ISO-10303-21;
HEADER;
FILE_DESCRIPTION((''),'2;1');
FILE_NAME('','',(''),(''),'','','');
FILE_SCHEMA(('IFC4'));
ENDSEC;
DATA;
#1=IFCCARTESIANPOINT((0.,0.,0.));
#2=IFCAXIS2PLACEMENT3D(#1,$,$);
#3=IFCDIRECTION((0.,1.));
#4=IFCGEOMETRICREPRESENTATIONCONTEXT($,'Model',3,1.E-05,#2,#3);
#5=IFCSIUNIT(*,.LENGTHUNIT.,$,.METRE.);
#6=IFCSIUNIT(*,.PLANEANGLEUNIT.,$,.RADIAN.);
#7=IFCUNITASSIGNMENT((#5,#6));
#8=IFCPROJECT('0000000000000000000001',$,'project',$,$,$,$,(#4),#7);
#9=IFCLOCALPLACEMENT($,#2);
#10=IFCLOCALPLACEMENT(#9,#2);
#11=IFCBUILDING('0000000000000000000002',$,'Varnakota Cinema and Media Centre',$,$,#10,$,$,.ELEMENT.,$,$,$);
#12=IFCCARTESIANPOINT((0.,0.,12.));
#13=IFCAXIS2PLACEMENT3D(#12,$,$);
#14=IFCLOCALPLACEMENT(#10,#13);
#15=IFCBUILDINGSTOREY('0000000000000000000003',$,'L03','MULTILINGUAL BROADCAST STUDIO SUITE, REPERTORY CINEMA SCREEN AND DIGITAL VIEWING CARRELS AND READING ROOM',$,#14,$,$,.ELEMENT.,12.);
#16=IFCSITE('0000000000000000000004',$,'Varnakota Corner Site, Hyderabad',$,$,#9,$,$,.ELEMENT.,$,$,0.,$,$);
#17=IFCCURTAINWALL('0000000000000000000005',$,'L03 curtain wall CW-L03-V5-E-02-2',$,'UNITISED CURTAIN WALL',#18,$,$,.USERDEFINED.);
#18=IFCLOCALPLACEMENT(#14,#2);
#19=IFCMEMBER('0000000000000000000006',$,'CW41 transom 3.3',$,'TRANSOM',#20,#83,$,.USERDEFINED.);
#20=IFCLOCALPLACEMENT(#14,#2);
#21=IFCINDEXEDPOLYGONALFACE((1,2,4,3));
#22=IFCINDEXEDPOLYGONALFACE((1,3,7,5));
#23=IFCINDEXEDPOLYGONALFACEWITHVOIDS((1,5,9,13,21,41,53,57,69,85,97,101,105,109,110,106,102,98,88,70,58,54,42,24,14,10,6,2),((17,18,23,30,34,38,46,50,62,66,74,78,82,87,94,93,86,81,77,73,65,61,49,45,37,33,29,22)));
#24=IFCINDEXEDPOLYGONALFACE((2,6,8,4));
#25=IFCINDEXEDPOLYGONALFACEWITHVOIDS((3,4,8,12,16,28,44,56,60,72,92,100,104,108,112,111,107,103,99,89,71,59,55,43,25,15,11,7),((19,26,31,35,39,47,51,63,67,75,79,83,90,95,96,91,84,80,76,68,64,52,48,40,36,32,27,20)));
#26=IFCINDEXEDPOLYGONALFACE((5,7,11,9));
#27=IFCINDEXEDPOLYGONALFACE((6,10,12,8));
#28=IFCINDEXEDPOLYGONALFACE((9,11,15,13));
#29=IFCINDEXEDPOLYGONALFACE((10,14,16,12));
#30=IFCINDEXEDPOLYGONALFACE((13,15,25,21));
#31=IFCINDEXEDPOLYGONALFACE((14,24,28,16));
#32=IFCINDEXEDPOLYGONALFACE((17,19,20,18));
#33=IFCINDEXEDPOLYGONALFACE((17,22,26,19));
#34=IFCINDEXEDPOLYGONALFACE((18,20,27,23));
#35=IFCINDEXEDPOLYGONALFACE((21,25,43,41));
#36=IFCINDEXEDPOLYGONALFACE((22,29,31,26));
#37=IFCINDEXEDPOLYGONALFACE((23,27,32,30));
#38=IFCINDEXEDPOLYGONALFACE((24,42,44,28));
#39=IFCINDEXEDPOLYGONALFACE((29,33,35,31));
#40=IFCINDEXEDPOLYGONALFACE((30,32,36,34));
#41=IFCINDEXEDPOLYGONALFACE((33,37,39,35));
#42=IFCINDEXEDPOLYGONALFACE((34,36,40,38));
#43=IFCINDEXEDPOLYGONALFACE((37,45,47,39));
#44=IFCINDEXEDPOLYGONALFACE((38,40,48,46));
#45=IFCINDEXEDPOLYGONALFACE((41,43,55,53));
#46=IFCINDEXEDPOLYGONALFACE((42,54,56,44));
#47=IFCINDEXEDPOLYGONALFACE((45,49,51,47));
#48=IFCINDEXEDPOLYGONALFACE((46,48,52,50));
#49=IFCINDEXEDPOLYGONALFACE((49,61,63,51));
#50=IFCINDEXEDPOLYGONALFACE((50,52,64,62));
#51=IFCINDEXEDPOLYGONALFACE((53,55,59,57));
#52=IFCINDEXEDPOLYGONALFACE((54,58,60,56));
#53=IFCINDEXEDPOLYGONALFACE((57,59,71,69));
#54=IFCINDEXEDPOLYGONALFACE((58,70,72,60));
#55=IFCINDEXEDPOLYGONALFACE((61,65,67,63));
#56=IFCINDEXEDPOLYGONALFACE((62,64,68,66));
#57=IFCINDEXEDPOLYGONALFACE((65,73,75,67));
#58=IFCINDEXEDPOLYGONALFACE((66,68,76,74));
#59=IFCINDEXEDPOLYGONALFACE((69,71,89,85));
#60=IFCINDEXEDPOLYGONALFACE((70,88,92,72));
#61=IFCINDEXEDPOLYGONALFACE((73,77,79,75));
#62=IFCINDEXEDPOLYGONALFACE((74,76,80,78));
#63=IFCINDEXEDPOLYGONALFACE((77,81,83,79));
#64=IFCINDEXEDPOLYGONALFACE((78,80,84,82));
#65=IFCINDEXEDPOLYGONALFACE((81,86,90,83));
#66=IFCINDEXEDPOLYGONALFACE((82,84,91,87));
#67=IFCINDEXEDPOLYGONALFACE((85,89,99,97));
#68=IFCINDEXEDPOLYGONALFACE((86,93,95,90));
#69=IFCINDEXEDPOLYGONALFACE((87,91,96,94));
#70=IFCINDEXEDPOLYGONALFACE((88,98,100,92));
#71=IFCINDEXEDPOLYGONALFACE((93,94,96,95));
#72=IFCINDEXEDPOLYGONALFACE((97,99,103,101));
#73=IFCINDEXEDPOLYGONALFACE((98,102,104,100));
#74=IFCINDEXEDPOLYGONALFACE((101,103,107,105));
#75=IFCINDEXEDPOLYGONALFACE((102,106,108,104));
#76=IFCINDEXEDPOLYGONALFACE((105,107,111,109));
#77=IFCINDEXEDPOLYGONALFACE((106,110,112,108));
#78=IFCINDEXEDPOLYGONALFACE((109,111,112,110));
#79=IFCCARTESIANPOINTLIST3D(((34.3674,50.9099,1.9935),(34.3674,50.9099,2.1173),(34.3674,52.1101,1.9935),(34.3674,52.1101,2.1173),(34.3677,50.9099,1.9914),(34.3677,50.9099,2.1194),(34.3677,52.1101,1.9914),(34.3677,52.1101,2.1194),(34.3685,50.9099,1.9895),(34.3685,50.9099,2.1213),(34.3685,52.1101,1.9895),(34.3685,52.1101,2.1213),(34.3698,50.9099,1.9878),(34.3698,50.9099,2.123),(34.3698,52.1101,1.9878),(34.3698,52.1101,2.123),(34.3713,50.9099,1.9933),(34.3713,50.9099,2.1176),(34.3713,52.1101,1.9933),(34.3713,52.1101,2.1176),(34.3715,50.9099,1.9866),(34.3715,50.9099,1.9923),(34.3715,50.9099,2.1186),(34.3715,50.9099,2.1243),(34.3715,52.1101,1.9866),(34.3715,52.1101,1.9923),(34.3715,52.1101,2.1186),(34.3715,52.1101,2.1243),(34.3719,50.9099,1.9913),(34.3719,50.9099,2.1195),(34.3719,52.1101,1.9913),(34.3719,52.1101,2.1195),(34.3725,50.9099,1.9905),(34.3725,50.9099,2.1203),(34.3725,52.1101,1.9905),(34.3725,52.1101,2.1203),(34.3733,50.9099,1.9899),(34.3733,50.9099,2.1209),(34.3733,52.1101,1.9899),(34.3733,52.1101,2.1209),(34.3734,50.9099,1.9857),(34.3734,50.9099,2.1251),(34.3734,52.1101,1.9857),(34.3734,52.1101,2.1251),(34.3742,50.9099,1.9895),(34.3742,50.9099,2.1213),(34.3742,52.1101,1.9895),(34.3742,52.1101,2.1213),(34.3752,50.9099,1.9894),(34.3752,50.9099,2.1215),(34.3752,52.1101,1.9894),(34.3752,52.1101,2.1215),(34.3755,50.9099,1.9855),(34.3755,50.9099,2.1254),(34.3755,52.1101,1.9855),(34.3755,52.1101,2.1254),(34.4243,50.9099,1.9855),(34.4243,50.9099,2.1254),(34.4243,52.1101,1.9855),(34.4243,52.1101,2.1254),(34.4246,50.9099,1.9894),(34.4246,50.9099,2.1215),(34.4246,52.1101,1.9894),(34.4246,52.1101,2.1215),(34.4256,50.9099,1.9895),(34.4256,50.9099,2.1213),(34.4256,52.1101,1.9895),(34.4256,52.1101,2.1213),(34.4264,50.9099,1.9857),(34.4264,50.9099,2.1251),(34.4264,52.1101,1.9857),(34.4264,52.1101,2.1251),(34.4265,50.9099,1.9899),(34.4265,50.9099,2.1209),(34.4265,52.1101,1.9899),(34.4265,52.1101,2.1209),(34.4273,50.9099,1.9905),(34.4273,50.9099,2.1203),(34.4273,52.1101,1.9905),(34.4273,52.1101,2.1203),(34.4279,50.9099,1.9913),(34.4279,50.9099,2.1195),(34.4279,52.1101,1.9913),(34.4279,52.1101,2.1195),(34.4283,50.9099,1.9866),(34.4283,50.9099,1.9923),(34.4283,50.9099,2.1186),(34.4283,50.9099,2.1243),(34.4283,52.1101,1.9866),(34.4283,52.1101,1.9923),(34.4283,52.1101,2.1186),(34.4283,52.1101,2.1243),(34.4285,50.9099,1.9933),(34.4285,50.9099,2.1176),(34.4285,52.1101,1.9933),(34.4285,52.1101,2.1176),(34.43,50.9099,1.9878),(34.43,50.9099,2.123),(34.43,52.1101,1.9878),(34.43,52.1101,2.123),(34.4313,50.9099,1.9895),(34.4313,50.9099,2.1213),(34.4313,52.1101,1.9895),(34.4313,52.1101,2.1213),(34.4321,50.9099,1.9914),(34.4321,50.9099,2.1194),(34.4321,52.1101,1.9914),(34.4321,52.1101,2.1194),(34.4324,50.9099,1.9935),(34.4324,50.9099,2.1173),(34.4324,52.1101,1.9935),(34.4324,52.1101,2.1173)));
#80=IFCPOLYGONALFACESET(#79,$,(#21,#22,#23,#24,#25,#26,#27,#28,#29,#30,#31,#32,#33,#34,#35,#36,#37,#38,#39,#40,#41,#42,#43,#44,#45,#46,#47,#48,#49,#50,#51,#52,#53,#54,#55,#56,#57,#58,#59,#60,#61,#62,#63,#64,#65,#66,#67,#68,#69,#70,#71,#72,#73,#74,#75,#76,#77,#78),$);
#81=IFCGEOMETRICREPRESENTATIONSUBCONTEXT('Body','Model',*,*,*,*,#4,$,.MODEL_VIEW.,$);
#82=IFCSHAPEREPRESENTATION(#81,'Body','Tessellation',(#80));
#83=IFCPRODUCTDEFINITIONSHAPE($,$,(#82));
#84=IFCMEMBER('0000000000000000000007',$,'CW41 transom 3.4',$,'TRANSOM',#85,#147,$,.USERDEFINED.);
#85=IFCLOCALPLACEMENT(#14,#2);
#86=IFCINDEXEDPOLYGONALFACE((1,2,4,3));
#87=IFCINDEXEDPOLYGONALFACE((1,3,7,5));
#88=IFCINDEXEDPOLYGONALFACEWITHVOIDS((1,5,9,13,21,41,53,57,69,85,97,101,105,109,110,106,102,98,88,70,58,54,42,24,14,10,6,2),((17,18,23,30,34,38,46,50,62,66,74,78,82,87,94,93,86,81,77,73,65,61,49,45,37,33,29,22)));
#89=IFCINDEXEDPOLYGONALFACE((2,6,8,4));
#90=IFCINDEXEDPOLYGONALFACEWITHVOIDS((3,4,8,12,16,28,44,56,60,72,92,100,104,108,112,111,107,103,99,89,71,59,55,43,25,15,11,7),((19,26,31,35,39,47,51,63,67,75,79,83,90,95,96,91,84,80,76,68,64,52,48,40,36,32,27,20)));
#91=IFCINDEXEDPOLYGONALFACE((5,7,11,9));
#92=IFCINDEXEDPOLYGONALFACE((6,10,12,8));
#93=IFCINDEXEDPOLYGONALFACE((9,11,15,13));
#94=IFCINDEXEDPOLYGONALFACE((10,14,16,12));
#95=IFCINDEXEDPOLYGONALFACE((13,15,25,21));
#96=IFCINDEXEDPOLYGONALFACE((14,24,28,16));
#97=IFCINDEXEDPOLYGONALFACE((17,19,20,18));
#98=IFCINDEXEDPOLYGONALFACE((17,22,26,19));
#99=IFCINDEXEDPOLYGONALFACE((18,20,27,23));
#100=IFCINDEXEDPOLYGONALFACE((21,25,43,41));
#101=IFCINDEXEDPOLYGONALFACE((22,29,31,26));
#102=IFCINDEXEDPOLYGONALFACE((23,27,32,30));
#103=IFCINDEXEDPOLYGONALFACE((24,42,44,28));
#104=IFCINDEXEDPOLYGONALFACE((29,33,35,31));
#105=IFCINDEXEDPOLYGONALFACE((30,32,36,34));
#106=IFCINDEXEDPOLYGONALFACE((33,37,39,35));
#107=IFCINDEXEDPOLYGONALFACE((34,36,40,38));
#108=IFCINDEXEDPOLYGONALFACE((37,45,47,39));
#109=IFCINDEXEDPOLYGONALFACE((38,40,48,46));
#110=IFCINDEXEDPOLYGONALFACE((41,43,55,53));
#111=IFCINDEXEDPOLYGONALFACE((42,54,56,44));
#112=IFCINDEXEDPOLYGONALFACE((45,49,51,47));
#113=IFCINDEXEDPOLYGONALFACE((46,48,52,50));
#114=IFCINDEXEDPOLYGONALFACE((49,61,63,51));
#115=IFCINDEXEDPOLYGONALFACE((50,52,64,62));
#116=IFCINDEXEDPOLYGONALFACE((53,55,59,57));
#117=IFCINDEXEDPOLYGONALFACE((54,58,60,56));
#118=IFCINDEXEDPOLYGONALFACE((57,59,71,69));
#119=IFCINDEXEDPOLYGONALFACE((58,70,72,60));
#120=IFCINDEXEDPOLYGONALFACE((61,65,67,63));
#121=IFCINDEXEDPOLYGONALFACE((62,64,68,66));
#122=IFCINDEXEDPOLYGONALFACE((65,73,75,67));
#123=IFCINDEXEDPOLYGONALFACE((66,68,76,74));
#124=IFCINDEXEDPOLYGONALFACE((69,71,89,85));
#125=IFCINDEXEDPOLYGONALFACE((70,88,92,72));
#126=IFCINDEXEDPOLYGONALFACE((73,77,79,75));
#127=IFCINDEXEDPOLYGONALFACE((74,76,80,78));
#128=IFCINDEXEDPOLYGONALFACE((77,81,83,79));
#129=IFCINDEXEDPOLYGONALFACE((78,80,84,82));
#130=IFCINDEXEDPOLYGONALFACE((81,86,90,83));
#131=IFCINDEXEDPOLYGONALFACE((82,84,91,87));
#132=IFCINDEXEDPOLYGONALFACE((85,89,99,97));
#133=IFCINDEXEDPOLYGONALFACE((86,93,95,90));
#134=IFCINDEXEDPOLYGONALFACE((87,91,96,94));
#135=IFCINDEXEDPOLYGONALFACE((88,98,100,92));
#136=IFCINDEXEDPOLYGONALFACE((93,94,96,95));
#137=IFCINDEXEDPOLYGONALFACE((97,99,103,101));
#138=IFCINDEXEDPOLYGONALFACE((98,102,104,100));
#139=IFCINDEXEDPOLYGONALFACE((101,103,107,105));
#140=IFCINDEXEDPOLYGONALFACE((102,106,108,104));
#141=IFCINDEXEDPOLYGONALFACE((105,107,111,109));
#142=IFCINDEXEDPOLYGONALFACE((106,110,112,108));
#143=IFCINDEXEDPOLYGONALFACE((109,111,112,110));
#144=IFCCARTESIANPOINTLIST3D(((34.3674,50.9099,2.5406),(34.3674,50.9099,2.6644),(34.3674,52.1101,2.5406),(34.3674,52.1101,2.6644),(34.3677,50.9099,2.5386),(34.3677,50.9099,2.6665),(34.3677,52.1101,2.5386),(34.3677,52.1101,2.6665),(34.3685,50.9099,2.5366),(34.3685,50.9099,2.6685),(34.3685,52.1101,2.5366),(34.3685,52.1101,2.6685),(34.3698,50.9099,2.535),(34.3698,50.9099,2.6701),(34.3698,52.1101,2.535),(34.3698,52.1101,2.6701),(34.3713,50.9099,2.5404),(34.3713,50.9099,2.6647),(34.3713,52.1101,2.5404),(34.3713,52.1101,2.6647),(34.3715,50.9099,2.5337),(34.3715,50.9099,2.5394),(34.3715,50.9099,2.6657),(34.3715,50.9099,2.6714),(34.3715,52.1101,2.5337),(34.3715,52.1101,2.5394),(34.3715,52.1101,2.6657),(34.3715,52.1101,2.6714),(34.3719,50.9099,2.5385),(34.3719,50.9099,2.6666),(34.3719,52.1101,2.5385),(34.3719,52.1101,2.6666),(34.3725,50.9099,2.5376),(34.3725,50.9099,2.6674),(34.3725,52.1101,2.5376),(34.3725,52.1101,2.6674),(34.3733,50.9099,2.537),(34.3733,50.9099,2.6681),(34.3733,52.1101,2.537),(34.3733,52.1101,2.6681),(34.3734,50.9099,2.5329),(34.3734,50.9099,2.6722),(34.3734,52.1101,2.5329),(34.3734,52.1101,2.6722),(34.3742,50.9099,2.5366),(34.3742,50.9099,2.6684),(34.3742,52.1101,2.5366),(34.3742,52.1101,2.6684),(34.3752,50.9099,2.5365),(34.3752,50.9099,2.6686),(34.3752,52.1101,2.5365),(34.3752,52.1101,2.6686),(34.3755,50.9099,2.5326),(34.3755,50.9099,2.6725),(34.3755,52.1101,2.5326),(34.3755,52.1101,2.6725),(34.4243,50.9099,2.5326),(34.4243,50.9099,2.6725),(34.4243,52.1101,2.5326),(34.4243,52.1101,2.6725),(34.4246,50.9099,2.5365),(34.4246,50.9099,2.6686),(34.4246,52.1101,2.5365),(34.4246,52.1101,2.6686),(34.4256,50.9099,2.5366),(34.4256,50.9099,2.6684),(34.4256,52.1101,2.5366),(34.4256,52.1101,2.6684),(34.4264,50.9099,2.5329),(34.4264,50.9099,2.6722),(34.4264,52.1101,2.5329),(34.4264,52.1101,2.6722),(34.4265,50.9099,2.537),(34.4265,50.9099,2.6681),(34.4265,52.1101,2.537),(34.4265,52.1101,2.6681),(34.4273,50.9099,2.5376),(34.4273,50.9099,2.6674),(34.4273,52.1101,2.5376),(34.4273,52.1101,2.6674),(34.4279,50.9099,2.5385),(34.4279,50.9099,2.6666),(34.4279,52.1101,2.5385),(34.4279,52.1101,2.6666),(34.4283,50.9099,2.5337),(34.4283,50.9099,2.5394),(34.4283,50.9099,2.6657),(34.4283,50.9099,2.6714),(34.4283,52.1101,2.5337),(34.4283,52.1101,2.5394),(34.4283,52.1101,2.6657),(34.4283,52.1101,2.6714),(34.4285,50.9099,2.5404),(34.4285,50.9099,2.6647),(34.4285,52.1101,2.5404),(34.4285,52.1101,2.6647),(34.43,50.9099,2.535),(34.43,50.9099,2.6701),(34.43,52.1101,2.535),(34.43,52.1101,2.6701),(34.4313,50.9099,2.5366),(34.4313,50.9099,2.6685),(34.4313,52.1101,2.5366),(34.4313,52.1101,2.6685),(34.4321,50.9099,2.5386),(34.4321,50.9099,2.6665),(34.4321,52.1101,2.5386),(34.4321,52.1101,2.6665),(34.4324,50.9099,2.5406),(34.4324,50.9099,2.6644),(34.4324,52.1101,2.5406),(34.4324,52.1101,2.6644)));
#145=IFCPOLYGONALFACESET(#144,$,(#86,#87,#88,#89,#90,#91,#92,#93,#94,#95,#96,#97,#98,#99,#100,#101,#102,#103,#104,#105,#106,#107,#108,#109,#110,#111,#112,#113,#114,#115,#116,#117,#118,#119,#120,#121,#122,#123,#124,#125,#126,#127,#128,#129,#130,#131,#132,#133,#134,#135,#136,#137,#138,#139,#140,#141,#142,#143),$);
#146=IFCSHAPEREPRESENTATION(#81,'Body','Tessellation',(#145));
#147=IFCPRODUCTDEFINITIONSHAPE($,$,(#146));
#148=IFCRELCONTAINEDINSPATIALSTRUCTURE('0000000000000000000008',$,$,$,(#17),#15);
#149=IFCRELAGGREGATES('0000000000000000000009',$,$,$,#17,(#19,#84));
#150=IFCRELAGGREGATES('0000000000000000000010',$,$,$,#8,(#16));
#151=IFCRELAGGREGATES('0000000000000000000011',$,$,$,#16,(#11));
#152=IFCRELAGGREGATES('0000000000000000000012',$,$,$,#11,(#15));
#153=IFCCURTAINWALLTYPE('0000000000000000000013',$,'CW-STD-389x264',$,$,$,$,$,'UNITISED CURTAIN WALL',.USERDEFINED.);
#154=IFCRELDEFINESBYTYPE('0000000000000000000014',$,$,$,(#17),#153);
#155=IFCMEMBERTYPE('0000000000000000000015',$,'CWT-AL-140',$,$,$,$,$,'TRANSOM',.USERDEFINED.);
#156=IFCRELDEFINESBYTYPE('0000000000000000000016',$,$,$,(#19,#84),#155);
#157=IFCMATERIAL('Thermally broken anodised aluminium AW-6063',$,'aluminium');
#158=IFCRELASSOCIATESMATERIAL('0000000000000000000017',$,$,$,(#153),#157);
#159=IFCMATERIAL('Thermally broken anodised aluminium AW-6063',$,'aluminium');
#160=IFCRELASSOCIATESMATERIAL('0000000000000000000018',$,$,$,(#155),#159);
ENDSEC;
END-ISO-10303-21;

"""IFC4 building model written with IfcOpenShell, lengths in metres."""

from ifc_helpers import new_model, si_unit, direction, frame, origin, origin_2d, place, context, subcontext, project, spatial, hollow_rectangle, extrude, material, material_profile, profile_set, type_object, element, aggregate, save


model = new_model("IFC4")

# Units and contexts
model_context = context("Model", 3, precision=1e-05, world=origin(), true_north=direction((0.0, 1.0)))
body_context = subcontext(model_context, "Body", "Model", "MODEL_VIEW")
ifc_project = project(units=[si_unit("LENGTHUNIT", "METRE"), si_unit("PLANEANGLEUNIT", "RADIAN")], contexts=[model_context])

# Site, building, storey
site_placement = place(None, origin())
site = spatial("IfcSite", under=ifc_project, at=site_placement, Name="Varnakota Corner Site, Hyderabad", CompositionType="ELEMENT", RefElevation=0.0)
building_placement = place(site_placement, origin())
building = spatial("IfcBuilding", under=site, at=building_placement, Name="Varnakota Cinema and Media Centre", CompositionType="ELEMENT")
storey_placement = place(building_placement, frame((0.0, 0.0, 12.0)))
storey = spatial("IfcBuildingStorey", under=building, at=storey_placement, Name="L03", Description="MULTILINGUAL BROADCAST STUDIO SUITE, REPERTORY CINEMA SCREEN AND DIGITAL VIEWING CARRELS AND READING ROOM", CompositionType="ELEMENT", Elevation=12.0)

# Curtain wall
ifc_material_1 = material(Name="Thermally broken anodised aluminium AW-6063", Category="aluminium")
curtain_wall_type_1 = type_object("IfcCurtainWallType", Name="CW-STD-389x264", ElementType="UNITISED CURTAIN WALL", PredefinedType="USERDEFINED", material=ifc_material_1)
curtain_wall_1_placement = place(storey_placement, origin())
curtain_wall_1 = element("IfcCurtainWall", 1, at=curtain_wall_1_placement, inside=storey, type_object=curtain_wall_type_1, Name="L03 curtain wall CW-L03-V5-E-02-2", ObjectType="UNITISED CURTAIN WALL", PredefinedType="USERDEFINED")

# Members
ifc_material_2 = material(Name="Thermally broken anodised aluminium AW-6063", Category="aluminium")
ifc_material_profile_1 = material_profile(ifc_material_2, hollow_rectangle(XDim=0.0649, YDim=0.1399, WallThickness=0.0039, InnerFilletRadius=0.0039, OuterFilletRadius=0.0081, at=origin_2d()), Name="AL-TRANSOM 140x65x4")
ifc_profile_set_1 = profile_set([ifc_material_profile_1], Name="Thermally broken anodised aluminium AW-6063")
member_type_1 = type_object("IfcMemberType", Name="CWT-AL-140", ElementType="TRANSOM", PredefinedType="USERDEFINED", material=ifc_profile_set_1)
member_1_placement = place(storey_placement, frame((34.3999, 50.9099, 2.0554), z_axis=(0.0, 1.0, 0.0), x_axis=(-1.0, 0.0, 0.0)))
member_1 = element("IfcMember", 2, at=member_1_placement, type_object=member_type_1, Name="CW41 transom 3.3", ObjectType="TRANSOM", PredefinedType="USERDEFINED", context=body_context, shape_type="SweptSolid", body=[
    extrude(hollow_rectangle(XDim=0.0649, YDim=0.1399, WallThickness=0.0039, InnerFilletRadius=0.0039, OuterFilletRadius=0.0081, at=origin_2d()), origin(), (0.0, 0.0, 1.0), 1.2002),
])
member_2_placement = place(storey_placement, frame((34.3999, 50.9099, 2.6025), z_axis=(0.0, 1.0, 0.0), x_axis=(-1.0, 0.0, 0.0)))
member_2 = element("IfcMember", 3, at=member_2_placement, type_object=member_type_1, Name="CW41 transom 3.4", ObjectType="TRANSOM", PredefinedType="USERDEFINED", context=body_context, shape_type="SweptSolid", body=[
    extrude(hollow_rectangle(XDim=0.0649, YDim=0.1399, WallThickness=0.0039, InnerFilletRadius=0.0039, OuterFilletRadius=0.0081, at=origin_2d()), origin(), (0.0, 0.0, 1.0), 1.2002),
])

aggregate(curtain_wall_1, [member_1, member_2])

save(model, "model.ifc")
